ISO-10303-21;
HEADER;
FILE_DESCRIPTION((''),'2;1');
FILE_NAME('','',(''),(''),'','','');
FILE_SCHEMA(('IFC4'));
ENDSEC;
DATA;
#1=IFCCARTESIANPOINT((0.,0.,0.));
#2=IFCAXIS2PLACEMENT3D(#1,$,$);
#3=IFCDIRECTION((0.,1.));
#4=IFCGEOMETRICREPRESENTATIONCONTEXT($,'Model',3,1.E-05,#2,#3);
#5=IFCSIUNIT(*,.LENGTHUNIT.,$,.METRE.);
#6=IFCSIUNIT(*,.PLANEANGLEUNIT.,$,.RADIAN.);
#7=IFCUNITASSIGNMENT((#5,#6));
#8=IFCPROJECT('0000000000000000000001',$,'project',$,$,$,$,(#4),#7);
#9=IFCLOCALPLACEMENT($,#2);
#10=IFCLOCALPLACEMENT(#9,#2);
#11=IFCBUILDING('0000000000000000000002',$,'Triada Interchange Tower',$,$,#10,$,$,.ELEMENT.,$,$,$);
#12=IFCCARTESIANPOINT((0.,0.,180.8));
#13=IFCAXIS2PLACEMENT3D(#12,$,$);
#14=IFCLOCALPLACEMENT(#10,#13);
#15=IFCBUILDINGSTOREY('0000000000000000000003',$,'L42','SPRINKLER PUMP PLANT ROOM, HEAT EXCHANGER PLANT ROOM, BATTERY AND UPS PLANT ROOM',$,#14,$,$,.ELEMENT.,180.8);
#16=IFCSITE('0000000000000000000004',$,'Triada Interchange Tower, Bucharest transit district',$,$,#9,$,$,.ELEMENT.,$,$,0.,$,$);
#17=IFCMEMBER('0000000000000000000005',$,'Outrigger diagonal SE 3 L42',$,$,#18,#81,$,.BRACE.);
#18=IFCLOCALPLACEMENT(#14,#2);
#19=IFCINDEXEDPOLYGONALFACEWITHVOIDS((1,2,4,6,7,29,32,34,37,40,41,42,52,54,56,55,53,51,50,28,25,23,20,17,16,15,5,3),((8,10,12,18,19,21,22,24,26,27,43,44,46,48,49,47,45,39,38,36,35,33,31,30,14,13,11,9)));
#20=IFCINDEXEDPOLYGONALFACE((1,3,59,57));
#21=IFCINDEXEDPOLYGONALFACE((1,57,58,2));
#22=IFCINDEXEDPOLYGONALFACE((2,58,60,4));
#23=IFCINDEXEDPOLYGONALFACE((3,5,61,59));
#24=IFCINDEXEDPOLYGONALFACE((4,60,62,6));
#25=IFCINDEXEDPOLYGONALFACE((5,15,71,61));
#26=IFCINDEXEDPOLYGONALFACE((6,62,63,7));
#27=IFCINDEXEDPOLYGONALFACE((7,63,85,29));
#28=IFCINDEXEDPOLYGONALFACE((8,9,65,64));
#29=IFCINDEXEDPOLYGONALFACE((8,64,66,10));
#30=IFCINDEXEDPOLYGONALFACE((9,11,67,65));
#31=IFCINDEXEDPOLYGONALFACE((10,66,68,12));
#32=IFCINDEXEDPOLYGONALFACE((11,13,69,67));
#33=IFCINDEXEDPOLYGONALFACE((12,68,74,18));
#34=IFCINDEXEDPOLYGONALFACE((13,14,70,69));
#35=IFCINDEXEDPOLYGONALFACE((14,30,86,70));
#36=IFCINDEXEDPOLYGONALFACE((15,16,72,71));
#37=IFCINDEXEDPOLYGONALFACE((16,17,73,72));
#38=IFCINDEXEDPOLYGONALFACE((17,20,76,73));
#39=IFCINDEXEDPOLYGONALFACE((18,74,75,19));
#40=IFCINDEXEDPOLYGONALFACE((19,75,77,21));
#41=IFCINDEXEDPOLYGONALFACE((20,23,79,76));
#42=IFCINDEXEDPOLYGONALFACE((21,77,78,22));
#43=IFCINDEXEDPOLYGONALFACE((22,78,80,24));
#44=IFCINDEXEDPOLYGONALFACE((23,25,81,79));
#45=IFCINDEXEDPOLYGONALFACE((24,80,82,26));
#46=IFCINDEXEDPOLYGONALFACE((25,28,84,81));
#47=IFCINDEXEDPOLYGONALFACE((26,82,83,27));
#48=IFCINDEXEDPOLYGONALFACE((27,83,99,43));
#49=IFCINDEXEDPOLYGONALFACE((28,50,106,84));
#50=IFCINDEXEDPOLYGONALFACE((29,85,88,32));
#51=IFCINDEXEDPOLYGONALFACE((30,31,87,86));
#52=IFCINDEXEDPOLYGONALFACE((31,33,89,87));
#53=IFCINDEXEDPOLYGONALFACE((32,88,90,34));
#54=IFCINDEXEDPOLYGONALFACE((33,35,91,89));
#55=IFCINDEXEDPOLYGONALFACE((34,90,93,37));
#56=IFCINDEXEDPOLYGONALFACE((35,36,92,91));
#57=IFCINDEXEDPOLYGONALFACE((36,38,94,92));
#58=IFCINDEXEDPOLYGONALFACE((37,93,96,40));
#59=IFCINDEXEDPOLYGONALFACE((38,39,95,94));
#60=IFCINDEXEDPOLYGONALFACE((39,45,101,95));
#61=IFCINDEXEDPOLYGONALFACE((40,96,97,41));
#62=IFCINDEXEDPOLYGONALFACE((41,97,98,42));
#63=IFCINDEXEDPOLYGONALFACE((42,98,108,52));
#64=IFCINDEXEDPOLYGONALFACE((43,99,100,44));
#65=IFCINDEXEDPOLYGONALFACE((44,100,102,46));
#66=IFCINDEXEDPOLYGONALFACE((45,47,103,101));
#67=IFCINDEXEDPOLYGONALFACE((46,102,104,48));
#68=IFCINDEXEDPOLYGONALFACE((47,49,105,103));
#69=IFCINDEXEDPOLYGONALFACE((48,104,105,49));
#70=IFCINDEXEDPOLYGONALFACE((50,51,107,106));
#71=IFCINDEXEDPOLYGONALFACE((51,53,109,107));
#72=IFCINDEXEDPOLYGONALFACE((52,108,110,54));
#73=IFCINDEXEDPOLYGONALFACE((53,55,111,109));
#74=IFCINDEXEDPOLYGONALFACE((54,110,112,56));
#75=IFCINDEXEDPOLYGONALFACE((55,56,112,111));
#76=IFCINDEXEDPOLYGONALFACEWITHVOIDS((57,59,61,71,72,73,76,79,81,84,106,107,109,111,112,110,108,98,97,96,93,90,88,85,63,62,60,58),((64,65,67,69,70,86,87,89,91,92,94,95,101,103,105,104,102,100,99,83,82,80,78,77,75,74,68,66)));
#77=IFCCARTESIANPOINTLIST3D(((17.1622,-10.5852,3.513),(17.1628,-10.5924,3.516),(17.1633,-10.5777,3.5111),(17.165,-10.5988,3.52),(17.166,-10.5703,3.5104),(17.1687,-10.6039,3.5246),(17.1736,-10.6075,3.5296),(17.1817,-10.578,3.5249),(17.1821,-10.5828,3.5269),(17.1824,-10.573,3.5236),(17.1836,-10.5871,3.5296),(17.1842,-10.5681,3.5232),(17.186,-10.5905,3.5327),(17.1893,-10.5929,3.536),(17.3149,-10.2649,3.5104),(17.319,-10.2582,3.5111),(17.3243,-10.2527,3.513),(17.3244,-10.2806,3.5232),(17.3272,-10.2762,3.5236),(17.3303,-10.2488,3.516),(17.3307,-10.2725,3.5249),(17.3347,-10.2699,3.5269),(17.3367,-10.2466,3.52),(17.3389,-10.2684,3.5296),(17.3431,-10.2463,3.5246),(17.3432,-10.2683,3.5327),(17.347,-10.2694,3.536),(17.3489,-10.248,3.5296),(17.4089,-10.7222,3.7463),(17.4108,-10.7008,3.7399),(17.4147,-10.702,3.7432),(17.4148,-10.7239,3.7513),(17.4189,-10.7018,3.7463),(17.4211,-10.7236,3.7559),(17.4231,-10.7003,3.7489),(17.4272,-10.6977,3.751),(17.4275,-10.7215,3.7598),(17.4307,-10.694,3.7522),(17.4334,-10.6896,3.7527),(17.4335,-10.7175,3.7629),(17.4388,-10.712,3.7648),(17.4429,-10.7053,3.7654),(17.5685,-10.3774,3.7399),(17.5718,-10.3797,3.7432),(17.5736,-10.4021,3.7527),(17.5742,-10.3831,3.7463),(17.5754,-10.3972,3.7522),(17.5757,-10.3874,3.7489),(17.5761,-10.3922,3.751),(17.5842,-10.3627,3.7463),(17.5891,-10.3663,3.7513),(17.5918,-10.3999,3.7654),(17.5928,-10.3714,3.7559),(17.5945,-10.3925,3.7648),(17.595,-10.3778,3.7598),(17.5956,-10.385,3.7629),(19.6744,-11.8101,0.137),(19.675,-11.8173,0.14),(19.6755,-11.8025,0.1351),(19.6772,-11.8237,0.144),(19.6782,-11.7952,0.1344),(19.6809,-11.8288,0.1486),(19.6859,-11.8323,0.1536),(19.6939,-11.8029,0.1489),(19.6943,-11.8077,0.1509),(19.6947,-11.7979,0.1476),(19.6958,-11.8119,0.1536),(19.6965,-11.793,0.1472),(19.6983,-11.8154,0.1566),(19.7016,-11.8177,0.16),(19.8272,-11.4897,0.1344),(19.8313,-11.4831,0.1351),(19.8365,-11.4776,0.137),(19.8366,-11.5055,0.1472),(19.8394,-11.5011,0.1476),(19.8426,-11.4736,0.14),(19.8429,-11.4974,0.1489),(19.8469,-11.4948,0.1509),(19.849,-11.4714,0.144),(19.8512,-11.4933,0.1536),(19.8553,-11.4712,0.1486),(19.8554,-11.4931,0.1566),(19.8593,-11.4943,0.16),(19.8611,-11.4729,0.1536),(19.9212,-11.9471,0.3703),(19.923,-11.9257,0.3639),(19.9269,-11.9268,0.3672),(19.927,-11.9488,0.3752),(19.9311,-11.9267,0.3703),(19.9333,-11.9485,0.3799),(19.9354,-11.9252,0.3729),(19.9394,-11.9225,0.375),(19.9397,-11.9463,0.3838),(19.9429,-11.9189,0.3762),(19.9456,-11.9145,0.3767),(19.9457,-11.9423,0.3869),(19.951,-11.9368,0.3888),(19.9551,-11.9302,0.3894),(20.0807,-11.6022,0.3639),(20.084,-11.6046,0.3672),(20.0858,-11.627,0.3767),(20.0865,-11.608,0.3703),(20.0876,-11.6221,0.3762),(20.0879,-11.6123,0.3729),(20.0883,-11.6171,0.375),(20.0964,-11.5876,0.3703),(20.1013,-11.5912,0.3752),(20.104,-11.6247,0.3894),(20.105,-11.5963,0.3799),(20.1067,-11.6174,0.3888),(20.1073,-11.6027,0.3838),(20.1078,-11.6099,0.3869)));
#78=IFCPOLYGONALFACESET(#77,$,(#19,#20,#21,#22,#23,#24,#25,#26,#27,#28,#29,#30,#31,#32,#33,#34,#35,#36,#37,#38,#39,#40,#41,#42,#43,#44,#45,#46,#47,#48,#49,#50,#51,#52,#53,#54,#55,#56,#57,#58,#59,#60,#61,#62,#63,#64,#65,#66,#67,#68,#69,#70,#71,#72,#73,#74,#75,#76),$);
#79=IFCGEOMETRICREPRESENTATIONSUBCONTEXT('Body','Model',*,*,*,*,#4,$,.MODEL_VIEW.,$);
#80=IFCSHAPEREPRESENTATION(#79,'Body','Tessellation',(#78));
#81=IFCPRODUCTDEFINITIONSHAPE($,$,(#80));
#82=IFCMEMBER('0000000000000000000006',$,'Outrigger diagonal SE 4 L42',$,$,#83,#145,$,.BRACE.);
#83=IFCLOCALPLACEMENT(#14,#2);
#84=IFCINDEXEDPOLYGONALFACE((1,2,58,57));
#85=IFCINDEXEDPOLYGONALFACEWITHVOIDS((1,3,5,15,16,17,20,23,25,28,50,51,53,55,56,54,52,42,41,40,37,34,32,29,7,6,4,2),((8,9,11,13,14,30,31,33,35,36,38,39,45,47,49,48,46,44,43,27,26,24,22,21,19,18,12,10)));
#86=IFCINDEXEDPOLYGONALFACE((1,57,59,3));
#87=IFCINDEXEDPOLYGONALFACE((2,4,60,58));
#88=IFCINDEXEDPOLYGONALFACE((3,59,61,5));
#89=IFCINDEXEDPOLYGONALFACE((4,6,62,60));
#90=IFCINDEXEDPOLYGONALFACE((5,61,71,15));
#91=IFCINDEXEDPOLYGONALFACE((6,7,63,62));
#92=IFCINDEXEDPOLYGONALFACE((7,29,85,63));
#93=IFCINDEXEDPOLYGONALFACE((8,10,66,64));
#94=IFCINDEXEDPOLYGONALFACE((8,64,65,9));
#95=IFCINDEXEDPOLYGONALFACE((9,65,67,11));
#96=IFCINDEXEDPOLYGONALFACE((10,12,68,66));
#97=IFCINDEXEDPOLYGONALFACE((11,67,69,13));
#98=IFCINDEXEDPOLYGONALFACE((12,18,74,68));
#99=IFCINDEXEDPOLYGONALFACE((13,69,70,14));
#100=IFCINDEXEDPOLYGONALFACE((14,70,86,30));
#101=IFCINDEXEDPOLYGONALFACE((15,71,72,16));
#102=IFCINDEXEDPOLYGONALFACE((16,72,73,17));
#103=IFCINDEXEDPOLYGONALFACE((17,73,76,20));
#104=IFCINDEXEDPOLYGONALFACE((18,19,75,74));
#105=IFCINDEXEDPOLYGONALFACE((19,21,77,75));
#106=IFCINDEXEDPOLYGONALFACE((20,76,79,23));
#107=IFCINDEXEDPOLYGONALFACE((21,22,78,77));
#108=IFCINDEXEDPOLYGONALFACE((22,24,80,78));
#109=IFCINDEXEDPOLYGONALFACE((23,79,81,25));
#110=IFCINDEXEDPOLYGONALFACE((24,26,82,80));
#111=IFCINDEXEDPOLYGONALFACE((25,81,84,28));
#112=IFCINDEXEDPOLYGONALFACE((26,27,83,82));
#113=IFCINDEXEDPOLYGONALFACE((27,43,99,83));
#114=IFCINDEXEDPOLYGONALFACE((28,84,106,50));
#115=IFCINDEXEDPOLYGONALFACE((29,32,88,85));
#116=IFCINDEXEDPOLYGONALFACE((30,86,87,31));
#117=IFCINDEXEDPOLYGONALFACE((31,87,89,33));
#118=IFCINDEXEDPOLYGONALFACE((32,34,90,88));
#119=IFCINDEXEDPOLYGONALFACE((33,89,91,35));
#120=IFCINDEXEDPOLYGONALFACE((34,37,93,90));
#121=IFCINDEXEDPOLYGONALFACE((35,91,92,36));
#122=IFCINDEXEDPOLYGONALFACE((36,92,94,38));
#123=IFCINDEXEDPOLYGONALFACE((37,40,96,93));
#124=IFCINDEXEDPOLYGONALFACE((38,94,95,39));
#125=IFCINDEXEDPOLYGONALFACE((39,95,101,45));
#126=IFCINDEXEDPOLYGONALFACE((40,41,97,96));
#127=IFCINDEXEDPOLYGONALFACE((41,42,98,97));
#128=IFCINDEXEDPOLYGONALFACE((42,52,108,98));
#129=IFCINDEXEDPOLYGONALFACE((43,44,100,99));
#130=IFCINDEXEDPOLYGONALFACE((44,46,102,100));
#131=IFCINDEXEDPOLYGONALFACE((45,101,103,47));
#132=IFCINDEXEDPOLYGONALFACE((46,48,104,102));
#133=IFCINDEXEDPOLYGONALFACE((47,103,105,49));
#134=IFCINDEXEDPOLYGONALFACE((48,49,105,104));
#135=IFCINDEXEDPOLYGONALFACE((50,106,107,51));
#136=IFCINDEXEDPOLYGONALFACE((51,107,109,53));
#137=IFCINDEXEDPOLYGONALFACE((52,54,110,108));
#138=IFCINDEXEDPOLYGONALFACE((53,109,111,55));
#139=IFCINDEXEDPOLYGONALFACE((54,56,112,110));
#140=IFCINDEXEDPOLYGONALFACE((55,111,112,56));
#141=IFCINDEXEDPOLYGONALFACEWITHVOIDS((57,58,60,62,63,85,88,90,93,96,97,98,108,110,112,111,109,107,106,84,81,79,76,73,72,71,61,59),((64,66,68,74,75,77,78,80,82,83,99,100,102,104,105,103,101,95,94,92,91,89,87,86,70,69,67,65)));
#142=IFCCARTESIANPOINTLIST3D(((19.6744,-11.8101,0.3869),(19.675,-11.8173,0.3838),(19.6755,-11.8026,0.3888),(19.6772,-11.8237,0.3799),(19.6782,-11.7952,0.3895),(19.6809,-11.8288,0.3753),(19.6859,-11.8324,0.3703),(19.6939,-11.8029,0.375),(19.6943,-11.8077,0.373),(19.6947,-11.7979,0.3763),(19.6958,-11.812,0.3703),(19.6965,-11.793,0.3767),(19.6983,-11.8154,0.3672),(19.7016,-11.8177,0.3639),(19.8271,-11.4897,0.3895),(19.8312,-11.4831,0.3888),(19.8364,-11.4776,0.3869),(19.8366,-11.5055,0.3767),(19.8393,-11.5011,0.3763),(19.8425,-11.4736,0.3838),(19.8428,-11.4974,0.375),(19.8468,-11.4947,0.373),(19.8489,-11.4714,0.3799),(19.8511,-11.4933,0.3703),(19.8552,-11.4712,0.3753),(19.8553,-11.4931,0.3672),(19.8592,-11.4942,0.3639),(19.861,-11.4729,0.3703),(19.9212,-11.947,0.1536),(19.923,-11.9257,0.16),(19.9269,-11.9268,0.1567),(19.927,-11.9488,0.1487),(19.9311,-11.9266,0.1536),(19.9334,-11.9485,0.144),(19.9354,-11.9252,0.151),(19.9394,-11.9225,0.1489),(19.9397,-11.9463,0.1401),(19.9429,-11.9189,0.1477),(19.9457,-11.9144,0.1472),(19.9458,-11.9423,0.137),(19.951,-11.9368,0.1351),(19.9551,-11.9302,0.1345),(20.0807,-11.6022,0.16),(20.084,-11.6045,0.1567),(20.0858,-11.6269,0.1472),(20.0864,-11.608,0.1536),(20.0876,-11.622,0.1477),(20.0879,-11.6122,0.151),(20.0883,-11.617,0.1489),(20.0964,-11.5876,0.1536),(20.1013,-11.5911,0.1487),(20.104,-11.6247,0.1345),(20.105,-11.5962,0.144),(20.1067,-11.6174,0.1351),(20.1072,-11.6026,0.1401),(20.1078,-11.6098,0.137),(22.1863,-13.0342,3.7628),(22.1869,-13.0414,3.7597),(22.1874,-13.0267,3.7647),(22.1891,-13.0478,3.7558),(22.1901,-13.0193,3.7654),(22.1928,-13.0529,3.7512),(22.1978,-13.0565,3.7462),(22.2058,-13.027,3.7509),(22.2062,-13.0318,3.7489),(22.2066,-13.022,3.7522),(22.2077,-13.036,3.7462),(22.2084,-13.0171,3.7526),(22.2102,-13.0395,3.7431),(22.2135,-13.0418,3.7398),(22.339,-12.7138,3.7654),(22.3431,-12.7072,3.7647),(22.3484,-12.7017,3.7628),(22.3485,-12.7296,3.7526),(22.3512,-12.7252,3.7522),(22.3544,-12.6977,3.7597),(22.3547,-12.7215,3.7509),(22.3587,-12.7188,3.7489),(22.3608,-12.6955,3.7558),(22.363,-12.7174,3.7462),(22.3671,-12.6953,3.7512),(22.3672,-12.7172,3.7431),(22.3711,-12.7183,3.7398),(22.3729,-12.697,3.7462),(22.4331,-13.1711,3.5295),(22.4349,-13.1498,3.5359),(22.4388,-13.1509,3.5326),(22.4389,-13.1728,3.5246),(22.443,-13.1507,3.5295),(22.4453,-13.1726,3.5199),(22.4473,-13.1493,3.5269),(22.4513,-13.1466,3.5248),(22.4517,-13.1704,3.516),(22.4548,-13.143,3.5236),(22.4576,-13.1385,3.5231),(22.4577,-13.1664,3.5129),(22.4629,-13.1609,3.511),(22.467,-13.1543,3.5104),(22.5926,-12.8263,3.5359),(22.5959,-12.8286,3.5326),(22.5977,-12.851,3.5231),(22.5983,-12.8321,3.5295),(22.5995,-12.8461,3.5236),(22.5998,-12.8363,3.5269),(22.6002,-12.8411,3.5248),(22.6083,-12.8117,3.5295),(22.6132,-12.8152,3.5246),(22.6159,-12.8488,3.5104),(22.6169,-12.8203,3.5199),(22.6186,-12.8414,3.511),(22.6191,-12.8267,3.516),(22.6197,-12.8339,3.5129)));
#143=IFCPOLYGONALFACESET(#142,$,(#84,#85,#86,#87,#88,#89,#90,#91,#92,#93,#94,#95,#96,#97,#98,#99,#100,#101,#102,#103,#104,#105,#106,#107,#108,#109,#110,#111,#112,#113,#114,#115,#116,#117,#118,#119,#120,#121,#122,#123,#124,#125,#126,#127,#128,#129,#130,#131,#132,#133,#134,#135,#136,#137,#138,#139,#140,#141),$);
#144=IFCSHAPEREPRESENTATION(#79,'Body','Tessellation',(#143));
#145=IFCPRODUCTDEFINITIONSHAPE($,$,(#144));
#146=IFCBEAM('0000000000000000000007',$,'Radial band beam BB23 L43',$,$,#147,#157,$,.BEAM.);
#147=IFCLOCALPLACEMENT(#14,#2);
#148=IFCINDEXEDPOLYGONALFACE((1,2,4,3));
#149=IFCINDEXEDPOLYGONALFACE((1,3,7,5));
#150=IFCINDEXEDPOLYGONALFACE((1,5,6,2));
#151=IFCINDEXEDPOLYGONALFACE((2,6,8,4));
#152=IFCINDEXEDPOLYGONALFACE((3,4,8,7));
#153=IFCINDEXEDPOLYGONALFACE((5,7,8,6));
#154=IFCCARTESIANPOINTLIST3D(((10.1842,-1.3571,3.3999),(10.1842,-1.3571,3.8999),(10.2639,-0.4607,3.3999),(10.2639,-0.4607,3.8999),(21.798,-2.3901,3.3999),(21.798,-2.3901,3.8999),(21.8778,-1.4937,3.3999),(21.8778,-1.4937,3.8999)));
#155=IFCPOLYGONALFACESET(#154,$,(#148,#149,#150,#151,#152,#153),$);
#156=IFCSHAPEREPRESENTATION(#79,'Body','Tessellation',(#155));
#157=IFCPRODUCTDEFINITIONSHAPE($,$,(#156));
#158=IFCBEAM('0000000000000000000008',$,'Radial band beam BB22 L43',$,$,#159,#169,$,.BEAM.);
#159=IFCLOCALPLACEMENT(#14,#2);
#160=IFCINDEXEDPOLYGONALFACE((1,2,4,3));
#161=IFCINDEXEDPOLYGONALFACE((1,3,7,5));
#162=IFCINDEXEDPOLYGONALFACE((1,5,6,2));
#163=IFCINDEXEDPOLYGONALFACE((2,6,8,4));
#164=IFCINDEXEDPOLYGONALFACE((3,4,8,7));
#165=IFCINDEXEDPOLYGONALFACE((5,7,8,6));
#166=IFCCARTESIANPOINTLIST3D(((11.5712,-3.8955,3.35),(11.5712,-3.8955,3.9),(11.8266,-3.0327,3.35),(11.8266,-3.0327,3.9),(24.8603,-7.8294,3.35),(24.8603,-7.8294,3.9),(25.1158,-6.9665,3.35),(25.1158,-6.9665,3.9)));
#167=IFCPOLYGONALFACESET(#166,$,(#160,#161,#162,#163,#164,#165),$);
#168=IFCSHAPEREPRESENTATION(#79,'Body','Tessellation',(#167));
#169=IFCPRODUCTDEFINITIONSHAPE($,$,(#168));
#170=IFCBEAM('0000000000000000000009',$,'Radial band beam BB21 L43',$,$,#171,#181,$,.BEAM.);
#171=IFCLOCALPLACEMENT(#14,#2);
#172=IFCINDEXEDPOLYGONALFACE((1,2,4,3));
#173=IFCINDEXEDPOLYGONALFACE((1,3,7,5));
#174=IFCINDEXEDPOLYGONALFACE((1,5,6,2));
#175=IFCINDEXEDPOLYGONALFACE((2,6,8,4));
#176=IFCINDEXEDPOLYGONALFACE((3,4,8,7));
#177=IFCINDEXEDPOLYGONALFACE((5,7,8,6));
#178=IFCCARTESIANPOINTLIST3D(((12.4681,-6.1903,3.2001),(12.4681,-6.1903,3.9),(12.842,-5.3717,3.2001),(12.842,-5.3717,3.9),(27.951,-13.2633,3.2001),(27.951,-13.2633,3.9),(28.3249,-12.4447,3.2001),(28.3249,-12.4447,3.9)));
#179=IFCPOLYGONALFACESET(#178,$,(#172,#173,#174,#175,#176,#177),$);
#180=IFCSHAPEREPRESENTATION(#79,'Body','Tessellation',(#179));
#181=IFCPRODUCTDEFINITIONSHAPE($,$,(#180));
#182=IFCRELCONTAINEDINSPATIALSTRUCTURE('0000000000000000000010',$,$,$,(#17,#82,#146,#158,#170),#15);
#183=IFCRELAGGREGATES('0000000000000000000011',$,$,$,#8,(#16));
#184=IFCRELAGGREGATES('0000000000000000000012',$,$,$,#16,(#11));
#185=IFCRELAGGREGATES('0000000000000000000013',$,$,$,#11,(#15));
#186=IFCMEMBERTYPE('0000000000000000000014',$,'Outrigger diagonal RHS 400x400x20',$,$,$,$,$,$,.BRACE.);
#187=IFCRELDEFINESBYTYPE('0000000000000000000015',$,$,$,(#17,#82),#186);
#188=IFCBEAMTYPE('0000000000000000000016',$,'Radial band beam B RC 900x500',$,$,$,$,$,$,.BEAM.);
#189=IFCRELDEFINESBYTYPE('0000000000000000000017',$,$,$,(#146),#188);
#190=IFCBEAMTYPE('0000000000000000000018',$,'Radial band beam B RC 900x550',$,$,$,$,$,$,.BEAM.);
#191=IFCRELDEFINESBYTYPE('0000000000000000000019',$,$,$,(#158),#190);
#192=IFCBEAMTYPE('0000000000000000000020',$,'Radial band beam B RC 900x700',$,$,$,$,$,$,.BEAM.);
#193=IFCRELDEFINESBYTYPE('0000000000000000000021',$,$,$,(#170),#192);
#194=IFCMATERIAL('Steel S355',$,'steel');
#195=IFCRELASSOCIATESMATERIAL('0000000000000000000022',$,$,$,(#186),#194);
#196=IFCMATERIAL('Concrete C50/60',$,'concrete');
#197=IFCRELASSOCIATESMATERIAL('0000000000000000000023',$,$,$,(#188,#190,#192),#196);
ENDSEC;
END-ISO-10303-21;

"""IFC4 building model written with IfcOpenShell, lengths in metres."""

from ifc_helpers import new_model, si_unit, direction, frame, origin, origin_2d, place, context, subcontext, project, spatial, rectangle, hollow_rectangle, extrude, material, material_profile, profile_set, type_object, element, save


model = new_model("IFC4")

# Units and contexts
model_context = context("Model", 3, precision=1e-05, world=origin(), true_north=direction((0.0, 1.0)))
body_context = subcontext(model_context, "Body", "Model", "MODEL_VIEW")
ifc_project = project(units=[si_unit("LENGTHUNIT", "METRE"), si_unit("PLANEANGLEUNIT", "RADIAN")], contexts=[model_context])

# Site, building, storey
site_placement = place(None, origin())
site = spatial("IfcSite", under=ifc_project, at=site_placement, Name="Triada Interchange Tower, Bucharest transit district", CompositionType="ELEMENT", RefElevation=0.0)
building_placement = place(site_placement, origin())
building = spatial("IfcBuilding", under=site, at=building_placement, Name="Triada Interchange Tower", CompositionType="ELEMENT")
storey_placement = place(building_placement, frame((0.0, 0.0, 180.8)))
storey = spatial("IfcBuildingStorey", under=building, at=storey_placement, Name="L42", Description="SPRINKLER PUMP PLANT ROOM, HEAT EXCHANGER PLANT ROOM, BATTERY AND UPS PLANT ROOM", CompositionType="ELEMENT", Elevation=180.8)

# Members
ifc_material_1 = material(Name="Steel S355", Category="steel")
ifc_material_profile_1 = material_profile(ifc_material_1, hollow_rectangle(XDim=0.3999, YDim=0.3999, WallThickness=0.02, InnerFilletRadius=0.02, OuterFilletRadius=0.03, at=origin_2d()), Name="RHS 400x400x20")
ifc_profile_set_1 = profile_set([ifc_material_profile_1], Name="Steel S355")
member_type_1 = type_object("IfcMemberType", Name="Outrigger diagonal RHS 400x400x20", PredefinedType="BRACE", material=ifc_profile_set_1)
member_1_placement = place(storey_placement, frame((17.3789, -10.4851, 3.6379), z_axis=(0.573201, -0.27947, -0.770284), x_axis=(0.438246, 0.898855, 0.0)))
element("IfcMember", 1, at=member_1_placement, inside=storey, type_object=member_type_1, Name="Outrigger diagonal SE 3 L42", PredefinedType="BRACE", context=body_context, shape_type="SweptSolid", body=[
    extrude(hollow_rectangle(XDim=0.3999, YDim=0.3999, WallThickness=0.02, InnerFilletRadius=0.02, OuterFilletRadius=0.03, at=origin_2d()), origin(), (0.0, 0.0, 1.0), 4.3828),
])
member_2_placement = place(storey_placement, frame((19.8911, -11.71, 0.262), z_axis=(0.57319, -0.279325, 0.770344), x_axis=(0.438069, 0.898941, 0.0)))
element("IfcMember", 2, at=member_2_placement, inside=storey, type_object=member_type_1, Name="Outrigger diagonal SE 4 L42", PredefinedType="BRACE", context=body_context, shape_type="SweptSolid", body=[
    extrude(hollow_rectangle(XDim=0.3999, YDim=0.3999, WallThickness=0.02, InnerFilletRadius=0.02, OuterFilletRadius=0.03, at=origin_2d()), origin(), (0.0, 0.0, 1.0), 4.3823),
])

# Beams
ifc_material_2 = material(Name="Concrete C50/60", Category="concrete")
ifc_material_profile_2 = material_profile(ifc_material_2, rectangle(XDim=0.8999, YDim=0.5, at=origin_2d()), Name="RC 900x500")
ifc_profile_set_2 = profile_set([ifc_material_profile_2], Name="Concrete C50/60")
beam_type_1 = type_object("IfcBeamType", Name="Radial band beam B RC 900x500", PredefinedType="BEAM", material=ifc_profile_set_2)
beam_1_placement = place(storey_placement, frame((21.8379, -1.9419, 3.6499), z_axis=(-0.996068, 0.088593, 0.0), x_axis=(-0.088593, -0.996068, 0.0)))
element("IfcBeam", 3, at=beam_1_placement, inside=storey, type_object=beam_type_1, Name="Radial band beam BB23 L43", PredefinedType="BEAM", context=body_context, shape_type="SweptSolid", body=[
    extrude(rectangle(XDim=0.8999, YDim=0.5, at=origin_2d()), origin(), (0.0, 0.0, 1.0), 11.6597),
])
ifc_material_profile_3 = material_profile(ifc_material_2, rectangle(XDim=0.8999, YDim=0.55, at=origin_2d()), Name="RC 900x550")
ifc_profile_set_3 = profile_set([ifc_material_profile_3], Name="Concrete C50/60")
beam_type_2 = type_object("IfcBeamType", Name="Radial band beam B RC 900x550", PredefinedType="BEAM", material=ifc_profile_set_3)
beam_2_placement = place(storey_placement, frame((24.988, -7.3979, 3.625), z_axis=(-0.95887, 0.283845, 0.0), x_axis=(-0.283845, -0.95887, 0.0)))
element("IfcBeam", 4, at=beam_2_placement, inside=storey, type_object=beam_type_2, Name="Radial band beam BB22 L43", PredefinedType="BEAM", context=body_context, shape_type="SweptSolid", body=[
    extrude(rectangle(XDim=0.8999, YDim=0.55, at=origin_2d()), origin(), (0.0, 0.0, 1.0), 13.8591),
])
ifc_material_profile_4 = material_profile(ifc_material_2, rectangle(XDim=0.8999, YDim=0.7, at=origin_2d()), Name="RC 900x700")
ifc_profile_set_4 = profile_set([ifc_material_profile_4], Name="Concrete C50/60")
beam_type_3 = type_object("IfcBeamType", Name="Radial band beam B RC 900x700", PredefinedType="BEAM", material=ifc_profile_set_4)
beam_3_placement = place(storey_placement, frame((28.1379, -12.854, 3.55), z_axis=(-0.909583, 0.415521, 0.0), x_axis=(-0.415521, -0.909583, 0.0)))
element("IfcBeam", 5, at=beam_3_placement, inside=storey, type_object=beam_type_3, Name="Radial band beam BB21 L43", PredefinedType="BEAM", context=body_context, shape_type="SweptSolid", body=[
    extrude(rectangle(XDim=0.8999, YDim=0.7, at=origin_2d()), origin(), (0.0, 0.0, 1.0), 17.022),
])

save(model, "model.ifc")
